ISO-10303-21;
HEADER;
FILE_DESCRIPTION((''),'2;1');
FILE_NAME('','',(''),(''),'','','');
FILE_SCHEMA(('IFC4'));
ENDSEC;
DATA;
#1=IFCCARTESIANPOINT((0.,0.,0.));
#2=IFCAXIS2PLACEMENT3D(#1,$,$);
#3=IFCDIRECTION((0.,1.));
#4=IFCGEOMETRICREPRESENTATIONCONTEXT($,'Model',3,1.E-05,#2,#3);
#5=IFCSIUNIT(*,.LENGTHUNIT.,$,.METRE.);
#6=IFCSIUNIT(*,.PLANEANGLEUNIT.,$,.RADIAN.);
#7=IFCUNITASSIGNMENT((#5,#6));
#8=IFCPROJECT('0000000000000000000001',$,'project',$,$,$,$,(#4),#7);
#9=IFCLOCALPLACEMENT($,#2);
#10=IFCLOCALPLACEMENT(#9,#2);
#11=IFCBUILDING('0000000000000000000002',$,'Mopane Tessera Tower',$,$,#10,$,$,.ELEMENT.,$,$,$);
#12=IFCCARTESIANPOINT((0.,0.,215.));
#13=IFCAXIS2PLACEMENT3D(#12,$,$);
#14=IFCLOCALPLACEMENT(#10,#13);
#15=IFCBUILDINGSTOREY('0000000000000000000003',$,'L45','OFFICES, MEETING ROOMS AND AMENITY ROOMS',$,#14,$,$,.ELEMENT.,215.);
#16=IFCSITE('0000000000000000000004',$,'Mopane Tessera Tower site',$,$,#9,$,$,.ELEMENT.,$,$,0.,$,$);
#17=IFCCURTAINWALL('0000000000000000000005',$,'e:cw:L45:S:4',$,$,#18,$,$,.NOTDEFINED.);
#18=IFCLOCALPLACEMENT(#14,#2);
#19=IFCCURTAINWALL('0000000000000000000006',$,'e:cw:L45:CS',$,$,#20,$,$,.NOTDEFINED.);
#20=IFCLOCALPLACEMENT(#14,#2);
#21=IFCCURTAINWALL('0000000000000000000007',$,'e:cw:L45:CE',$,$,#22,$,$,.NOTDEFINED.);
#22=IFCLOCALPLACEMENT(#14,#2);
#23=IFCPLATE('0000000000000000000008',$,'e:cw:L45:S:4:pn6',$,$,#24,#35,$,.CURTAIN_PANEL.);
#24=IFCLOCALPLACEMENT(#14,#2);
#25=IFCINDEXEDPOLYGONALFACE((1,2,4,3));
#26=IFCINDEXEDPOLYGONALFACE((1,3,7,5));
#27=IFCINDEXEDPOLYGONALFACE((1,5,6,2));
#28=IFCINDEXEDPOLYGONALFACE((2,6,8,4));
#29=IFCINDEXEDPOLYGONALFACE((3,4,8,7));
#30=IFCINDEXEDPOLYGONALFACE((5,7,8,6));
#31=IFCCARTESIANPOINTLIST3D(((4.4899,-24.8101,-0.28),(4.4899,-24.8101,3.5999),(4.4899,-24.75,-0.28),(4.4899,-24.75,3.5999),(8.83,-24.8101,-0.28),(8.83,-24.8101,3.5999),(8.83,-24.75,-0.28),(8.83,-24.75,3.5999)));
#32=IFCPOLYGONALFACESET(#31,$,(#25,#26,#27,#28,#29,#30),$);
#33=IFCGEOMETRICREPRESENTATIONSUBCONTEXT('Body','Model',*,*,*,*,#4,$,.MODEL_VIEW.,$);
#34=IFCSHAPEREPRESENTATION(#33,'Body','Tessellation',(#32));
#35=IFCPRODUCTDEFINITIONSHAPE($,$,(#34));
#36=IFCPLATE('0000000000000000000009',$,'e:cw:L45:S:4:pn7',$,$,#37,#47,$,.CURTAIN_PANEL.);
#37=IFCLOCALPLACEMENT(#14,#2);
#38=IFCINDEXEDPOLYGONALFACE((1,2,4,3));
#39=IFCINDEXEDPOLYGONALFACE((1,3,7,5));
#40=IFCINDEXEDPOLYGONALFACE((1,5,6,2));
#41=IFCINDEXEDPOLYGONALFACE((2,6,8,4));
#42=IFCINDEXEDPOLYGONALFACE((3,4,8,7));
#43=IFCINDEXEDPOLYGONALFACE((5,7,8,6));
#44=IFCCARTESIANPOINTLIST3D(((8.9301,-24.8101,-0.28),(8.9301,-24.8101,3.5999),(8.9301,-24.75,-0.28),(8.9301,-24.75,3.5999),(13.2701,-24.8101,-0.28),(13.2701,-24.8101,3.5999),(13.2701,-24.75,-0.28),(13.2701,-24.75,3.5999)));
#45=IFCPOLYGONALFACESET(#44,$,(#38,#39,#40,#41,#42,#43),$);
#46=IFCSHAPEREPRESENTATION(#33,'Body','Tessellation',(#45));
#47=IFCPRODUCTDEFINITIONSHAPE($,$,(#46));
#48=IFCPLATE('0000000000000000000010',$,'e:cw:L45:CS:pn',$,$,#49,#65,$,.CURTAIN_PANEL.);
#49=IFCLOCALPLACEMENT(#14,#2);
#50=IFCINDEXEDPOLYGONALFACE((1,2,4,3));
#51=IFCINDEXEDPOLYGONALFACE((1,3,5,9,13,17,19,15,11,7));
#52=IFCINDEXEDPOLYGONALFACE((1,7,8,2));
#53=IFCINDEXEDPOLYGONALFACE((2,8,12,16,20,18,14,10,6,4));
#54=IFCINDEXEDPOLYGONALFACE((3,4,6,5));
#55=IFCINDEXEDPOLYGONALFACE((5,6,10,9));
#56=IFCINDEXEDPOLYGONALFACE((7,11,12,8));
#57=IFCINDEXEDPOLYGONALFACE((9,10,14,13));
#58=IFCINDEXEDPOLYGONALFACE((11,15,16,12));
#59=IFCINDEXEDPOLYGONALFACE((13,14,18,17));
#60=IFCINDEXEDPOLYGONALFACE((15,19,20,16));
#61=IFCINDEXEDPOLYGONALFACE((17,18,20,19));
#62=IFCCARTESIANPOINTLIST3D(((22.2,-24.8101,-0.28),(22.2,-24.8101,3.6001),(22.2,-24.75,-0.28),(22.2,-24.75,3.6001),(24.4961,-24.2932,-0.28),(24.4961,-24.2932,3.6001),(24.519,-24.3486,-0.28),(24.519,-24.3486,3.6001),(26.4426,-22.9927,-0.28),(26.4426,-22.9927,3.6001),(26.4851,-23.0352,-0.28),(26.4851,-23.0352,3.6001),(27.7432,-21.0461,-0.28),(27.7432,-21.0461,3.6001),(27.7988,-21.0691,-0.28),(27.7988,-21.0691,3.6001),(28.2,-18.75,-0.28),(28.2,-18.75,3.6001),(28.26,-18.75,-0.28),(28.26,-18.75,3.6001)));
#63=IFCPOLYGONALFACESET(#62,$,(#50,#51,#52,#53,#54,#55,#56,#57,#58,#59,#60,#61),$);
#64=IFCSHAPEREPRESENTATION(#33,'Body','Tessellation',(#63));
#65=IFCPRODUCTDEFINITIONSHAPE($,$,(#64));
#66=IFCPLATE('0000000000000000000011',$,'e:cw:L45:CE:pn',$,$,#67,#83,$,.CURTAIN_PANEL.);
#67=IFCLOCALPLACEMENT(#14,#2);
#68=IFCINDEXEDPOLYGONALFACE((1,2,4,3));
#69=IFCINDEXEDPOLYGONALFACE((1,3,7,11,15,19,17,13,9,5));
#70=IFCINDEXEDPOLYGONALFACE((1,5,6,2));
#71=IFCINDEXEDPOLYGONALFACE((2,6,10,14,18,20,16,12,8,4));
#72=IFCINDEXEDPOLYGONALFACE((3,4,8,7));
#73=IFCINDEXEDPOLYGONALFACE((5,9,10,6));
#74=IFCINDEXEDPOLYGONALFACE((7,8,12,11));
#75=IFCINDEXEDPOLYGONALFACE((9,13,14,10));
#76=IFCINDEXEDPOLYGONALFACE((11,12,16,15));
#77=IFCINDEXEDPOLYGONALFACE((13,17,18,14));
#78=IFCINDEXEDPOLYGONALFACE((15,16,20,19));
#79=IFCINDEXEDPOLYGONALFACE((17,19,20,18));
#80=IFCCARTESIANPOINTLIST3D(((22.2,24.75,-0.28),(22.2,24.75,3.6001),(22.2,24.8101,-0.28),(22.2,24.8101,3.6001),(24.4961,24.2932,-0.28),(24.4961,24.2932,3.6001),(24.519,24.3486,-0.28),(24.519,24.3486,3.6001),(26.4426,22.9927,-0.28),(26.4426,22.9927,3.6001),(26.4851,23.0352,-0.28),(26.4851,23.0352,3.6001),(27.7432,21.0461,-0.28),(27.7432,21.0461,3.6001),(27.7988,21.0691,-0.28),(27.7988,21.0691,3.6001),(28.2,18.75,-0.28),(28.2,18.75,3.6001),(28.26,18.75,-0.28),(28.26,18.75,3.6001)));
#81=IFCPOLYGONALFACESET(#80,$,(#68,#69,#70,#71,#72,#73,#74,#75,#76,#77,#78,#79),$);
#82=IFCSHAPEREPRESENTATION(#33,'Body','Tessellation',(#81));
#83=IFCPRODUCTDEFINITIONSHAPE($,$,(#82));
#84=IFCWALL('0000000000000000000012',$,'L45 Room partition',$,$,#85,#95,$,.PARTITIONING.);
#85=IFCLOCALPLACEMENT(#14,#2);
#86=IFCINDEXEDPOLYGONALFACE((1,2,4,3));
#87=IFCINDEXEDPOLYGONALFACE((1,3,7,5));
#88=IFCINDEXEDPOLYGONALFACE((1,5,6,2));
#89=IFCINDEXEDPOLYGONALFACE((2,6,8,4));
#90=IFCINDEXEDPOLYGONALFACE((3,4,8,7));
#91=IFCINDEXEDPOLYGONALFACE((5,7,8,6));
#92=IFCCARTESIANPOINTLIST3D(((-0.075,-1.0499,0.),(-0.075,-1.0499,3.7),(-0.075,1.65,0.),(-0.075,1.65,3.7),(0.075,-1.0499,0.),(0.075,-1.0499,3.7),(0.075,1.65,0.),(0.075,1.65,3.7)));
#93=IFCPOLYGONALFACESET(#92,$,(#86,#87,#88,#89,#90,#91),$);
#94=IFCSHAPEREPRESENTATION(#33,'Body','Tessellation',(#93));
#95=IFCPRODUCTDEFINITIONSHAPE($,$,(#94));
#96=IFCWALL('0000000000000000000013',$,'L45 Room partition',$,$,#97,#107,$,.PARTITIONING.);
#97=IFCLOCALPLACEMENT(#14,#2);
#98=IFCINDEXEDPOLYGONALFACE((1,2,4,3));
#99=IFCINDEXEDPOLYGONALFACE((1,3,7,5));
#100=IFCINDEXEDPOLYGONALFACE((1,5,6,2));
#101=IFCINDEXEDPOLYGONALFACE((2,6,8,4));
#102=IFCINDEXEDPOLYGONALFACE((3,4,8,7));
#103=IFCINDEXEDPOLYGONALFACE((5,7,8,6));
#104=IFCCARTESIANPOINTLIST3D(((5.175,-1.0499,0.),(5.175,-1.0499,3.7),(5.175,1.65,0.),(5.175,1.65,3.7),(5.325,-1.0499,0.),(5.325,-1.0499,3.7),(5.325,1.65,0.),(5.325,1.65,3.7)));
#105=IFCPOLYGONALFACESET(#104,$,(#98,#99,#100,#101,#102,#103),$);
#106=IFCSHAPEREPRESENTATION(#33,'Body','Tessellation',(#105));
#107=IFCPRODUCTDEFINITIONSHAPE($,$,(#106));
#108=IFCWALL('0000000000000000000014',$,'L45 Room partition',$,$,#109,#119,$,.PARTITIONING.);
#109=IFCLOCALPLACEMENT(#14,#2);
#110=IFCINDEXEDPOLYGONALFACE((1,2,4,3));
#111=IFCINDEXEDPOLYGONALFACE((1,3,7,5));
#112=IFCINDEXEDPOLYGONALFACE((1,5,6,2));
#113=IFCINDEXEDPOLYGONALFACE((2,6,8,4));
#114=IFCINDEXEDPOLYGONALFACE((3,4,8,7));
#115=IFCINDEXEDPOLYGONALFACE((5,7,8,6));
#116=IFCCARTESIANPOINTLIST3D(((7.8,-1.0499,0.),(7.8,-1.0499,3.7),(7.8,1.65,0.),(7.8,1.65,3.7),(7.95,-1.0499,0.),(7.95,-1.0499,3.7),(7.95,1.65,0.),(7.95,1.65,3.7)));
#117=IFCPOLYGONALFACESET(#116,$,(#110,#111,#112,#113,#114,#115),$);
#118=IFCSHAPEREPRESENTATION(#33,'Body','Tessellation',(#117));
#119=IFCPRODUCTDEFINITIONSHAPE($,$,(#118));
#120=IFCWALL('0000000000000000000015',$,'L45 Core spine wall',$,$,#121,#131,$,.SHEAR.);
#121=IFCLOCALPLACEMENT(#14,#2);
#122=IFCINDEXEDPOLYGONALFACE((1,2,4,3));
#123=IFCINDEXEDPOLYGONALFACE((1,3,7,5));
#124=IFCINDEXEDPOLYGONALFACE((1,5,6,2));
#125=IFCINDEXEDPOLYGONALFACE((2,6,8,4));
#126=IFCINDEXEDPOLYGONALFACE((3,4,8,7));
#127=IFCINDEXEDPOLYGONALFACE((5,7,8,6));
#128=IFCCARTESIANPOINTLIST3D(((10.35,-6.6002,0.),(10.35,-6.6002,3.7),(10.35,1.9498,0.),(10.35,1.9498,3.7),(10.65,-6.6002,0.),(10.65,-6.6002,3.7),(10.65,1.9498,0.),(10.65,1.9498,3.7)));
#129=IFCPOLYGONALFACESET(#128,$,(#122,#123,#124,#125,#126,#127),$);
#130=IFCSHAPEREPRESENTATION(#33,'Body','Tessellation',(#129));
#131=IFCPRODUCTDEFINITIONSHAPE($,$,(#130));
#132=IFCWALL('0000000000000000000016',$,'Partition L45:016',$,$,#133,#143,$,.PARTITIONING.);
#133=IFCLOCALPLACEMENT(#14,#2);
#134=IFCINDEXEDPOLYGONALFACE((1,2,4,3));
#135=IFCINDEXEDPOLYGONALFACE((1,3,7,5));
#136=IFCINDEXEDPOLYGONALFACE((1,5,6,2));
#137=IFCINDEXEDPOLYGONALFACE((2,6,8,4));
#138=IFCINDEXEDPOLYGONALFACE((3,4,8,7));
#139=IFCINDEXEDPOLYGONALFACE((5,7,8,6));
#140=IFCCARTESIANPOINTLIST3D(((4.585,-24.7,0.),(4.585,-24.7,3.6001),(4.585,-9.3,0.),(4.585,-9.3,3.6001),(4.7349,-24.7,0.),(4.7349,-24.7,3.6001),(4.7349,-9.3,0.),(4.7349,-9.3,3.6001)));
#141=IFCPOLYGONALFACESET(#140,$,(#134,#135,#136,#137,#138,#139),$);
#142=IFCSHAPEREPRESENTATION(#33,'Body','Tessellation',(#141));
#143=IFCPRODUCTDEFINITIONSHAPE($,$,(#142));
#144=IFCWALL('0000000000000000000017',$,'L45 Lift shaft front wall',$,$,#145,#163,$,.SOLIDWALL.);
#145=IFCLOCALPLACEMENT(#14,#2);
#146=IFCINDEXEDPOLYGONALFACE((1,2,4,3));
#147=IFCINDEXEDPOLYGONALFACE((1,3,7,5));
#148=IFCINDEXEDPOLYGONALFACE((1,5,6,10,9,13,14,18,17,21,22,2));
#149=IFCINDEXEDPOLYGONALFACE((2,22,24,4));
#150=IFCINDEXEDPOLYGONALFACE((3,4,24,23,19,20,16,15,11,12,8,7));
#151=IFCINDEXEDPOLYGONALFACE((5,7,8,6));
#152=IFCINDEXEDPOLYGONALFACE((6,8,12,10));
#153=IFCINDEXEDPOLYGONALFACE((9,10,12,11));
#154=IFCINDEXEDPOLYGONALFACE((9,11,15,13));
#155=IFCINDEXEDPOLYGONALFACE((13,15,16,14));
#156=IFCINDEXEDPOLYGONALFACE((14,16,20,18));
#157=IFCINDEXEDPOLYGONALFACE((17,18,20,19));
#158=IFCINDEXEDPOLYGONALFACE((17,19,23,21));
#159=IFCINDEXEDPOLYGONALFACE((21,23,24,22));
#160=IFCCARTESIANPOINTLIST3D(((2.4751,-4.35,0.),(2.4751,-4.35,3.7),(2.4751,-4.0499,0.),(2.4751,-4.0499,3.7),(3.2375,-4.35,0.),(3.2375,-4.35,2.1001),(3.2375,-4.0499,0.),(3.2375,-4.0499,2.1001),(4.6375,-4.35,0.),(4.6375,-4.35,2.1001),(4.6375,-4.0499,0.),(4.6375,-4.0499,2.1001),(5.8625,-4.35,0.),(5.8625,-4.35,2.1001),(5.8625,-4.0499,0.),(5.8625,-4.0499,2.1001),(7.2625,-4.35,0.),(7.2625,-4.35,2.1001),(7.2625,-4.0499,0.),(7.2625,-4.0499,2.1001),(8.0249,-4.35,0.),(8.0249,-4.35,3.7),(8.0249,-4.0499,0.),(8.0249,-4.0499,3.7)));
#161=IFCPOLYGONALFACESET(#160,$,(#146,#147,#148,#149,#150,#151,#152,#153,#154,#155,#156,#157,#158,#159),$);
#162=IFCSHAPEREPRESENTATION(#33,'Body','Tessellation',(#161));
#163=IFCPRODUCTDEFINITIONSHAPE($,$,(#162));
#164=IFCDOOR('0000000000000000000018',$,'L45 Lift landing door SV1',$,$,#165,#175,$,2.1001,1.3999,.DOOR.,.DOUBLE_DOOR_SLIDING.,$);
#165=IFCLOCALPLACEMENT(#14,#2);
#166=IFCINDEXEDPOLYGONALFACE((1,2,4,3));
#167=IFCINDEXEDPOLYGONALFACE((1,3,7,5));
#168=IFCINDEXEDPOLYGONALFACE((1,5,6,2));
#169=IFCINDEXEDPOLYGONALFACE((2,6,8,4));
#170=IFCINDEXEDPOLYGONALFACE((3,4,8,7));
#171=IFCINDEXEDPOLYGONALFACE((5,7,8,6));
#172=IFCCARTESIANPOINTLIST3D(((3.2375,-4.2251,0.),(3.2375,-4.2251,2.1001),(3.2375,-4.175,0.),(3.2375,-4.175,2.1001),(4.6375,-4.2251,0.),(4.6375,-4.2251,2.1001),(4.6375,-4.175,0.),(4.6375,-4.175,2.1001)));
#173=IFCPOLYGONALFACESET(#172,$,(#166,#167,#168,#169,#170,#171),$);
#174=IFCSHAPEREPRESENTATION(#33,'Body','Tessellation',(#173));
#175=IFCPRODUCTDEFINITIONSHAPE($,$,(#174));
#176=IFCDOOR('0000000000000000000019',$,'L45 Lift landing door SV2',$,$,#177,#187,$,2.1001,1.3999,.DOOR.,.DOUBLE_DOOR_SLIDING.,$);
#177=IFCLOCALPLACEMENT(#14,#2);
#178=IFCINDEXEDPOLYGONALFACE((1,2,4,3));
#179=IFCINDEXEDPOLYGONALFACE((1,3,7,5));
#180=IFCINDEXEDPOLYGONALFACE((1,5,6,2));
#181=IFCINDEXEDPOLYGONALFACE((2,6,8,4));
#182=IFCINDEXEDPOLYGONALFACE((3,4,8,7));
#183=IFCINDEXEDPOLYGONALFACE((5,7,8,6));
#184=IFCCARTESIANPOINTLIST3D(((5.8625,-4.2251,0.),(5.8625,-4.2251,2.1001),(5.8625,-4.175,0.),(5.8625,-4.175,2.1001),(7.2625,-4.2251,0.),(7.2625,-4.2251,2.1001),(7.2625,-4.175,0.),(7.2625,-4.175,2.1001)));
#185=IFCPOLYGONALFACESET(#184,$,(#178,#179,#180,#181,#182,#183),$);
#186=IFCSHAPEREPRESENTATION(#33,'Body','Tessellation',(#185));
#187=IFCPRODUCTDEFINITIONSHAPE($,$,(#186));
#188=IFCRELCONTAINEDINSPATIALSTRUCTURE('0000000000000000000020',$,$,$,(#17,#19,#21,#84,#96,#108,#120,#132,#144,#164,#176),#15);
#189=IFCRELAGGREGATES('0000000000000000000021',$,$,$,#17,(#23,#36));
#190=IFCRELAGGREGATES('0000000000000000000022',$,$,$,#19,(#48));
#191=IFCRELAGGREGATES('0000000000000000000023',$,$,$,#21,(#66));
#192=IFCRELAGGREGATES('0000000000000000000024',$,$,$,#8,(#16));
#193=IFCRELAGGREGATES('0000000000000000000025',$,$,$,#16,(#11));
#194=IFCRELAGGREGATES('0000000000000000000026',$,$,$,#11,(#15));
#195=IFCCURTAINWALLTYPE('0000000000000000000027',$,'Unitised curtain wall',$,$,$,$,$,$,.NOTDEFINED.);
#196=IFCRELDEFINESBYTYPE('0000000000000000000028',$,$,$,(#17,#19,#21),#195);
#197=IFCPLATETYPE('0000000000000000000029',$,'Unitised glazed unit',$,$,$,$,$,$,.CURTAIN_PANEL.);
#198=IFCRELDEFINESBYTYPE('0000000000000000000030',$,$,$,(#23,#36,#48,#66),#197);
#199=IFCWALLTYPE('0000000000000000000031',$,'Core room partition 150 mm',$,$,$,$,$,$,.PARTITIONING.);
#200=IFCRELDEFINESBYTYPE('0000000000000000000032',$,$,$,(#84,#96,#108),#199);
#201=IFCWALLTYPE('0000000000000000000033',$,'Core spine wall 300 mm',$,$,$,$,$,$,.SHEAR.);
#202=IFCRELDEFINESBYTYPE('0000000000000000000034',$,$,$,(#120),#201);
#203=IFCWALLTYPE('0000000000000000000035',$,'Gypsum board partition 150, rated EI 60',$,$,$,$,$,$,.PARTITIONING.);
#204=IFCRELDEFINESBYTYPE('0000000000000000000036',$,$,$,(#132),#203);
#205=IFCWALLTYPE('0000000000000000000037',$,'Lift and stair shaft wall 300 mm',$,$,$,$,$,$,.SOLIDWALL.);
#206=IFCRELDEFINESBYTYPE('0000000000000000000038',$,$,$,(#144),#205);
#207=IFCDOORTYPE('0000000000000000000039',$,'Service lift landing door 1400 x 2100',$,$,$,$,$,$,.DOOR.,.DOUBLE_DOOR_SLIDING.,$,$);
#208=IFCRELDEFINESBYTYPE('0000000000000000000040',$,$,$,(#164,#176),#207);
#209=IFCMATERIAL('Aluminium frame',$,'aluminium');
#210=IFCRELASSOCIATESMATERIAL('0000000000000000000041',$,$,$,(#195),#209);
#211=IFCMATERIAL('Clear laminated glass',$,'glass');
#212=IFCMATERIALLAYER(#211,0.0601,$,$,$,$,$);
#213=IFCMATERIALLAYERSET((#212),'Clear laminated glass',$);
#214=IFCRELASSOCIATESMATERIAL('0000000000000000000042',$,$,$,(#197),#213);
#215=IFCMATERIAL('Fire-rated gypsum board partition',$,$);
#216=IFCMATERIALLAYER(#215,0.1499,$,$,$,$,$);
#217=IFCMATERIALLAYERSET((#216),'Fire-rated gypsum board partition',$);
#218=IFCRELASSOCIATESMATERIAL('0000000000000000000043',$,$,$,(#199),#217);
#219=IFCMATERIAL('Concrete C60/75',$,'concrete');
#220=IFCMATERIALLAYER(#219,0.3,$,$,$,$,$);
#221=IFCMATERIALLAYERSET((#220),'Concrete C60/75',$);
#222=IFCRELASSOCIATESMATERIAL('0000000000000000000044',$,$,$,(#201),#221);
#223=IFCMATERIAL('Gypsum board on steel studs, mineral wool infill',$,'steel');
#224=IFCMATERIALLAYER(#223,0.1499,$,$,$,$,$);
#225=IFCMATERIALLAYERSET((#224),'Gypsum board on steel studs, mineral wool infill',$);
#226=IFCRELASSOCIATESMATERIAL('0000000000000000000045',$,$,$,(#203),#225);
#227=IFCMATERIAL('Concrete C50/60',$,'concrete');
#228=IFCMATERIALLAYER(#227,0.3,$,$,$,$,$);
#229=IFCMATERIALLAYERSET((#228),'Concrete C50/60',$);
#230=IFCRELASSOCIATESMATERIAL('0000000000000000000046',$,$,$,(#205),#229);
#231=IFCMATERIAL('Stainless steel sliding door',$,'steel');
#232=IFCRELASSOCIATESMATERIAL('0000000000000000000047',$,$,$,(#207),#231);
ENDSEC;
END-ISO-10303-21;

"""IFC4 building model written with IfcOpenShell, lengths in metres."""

from ifc_helpers import new_model, si_unit, direction, frame, frame_2d, origin, origin_2d, place, context, subcontext, project, spatial, polyline, rectangle, outline, extrude, material, layer, layer_set, type_object, element, fill, aggregate, save


model = new_model("IFC4")

# Units and contexts
model_context = context("Model", 3, precision=1e-05, world=origin(), true_north=direction((0.0, 1.0)))
body_context = subcontext(model_context, "Body", "Model", "MODEL_VIEW")
ifc_project = project(units=[si_unit("LENGTHUNIT", "METRE"), si_unit("PLANEANGLEUNIT", "RADIAN")], contexts=[model_context])

# Site, building, storey
site_placement = place(None, origin())
site = spatial("IfcSite", under=ifc_project, at=site_placement, Name="Mopane Tessera Tower site", CompositionType="ELEMENT", RefElevation=0.0)
building_placement = place(site_placement, origin())
building = spatial("IfcBuilding", under=site, at=building_placement, Name="Mopane Tessera Tower", CompositionType="ELEMENT")
storey_placement = place(building_placement, frame((0.0, 0.0, 215.0)))
storey = spatial("IfcBuildingStorey", under=building, at=storey_placement, Name="L45", Description="OFFICES, MEETING ROOMS AND AMENITY ROOMS", CompositionType="ELEMENT", Elevation=215.0)

# Curtain wall
ifc_material_1 = material(Name="Aluminium frame", Category="aluminium")
curtain_wall_type = type_object("IfcCurtainWallType", Name="Unitised curtain wall", PredefinedType="NOTDEFINED", material=ifc_material_1)
curtain_wall_1_placement = place(storey_placement, origin())
curtain_wall_1 = element("IfcCurtainWall", 1, at=curtain_wall_1_placement, inside=storey, type_object=curtain_wall_type, Name="e:cw:L45:S:4", PredefinedType="NOTDEFINED")

# Curtain walls
curtain_wall_2_placement = place(storey_placement, origin())
curtain_wall_2 = element("IfcCurtainWall", 2, at=curtain_wall_2_placement, inside=storey, type_object=curtain_wall_type, Name="e:cw:L45:CS", PredefinedType="NOTDEFINED")
curtain_wall_3_placement = place(storey_placement, origin())
curtain_wall_3 = element("IfcCurtainWall", 3, at=curtain_wall_3_placement, inside=storey, type_object=curtain_wall_type, Name="e:cw:L45:CE", PredefinedType="NOTDEFINED")

# Plates
ifc_material_2 = material(Name="Clear laminated glass", Category="glass")
ifc_layer_1 = layer(ifc_material_2, 0.0601)
ifc_layer_set_1 = layer_set([ifc_layer_1], Name="Clear laminated glass")
plate_type = type_object("IfcPlateType", Name="Unitised glazed unit", PredefinedType="CURTAIN_PANEL", material=ifc_layer_set_1)
plate_1_placement = place(storey_placement, frame((6.6599, -24.78, -0.28), z_axis=(0.0, 0.0, 1.0), x_axis=(1.0, 0.0, 0.0)))
plate_1 = element("IfcPlate", 4, at=plate_1_placement, type_object=plate_type, Name="e:cw:L45:S:4:pn6", PredefinedType="CURTAIN_PANEL", context=body_context, shape_type="SweptSolid", body=[
    extrude(rectangle(XDim=4.3401, YDim=0.0601, at=origin_2d()), origin(), (0.0, 0.0, 1.0), 3.8799),
])
plate_2_placement = place(storey_placement, frame((11.1001, -24.78, -0.28), z_axis=(0.0, 0.0, 1.0), x_axis=(1.0, 0.0, 0.0)))
plate_2 = element("IfcPlate", 5, at=plate_2_placement, type_object=plate_type, Name="e:cw:L45:S:4:pn7", PredefinedType="CURTAIN_PANEL", context=body_context, shape_type="SweptSolid", body=[
    extrude(rectangle(XDim=4.3401, YDim=0.0601, at=origin_2d()), origin(), (0.0, 0.0, 1.0), 3.8799),
])
aggregate(curtain_wall_1, [plate_1, plate_2])
plate_3_placement = place(storey_placement, frame((0.0, 0.0, -0.28)))
plate_3 = element("IfcPlate", 6, at=plate_3_placement, type_object=plate_type, Name="e:cw:L45:CS:pn", PredefinedType="CURTAIN_PANEL", context=body_context, shape_type="SweptSolid", body=[
    extrude(outline(polyline([(22.2, -24.75), (24.4961, -24.2932), (26.4426, -22.9927), (27.7432, -21.0461), (28.2, -18.75), (28.26, -18.75), (27.7988, -21.0691), (26.4851, -23.0352), (24.519, -24.3486), (22.2, -24.8101), (22.2, -24.75)])), origin(), (0.0, 0.0, 1.0), 3.8801),
])
aggregate(curtain_wall_2, [plate_3])
plate_4_placement = place(storey_placement, frame((0.0, 0.0, -0.28)))
plate_4 = element("IfcPlate", 7, at=plate_4_placement, type_object=plate_type, Name="e:cw:L45:CE:pn", PredefinedType="CURTAIN_PANEL", context=body_context, shape_type="SweptSolid", body=[
    extrude(outline(polyline([(28.2, 18.75), (27.7432, 21.0461), (26.4426, 22.9927), (24.4961, 24.2932), (22.2, 24.75), (22.2, 24.8101), (24.519, 24.3486), (26.4851, 23.0352), (27.7988, 21.0691), (28.26, 18.75), (28.2, 18.75)])), origin(), (0.0, 0.0, 1.0), 3.8801),
])
aggregate(curtain_wall_3, [plate_4])

# Walls
ifc_material_3 = material(Name="Fire-rated gypsum board partition")
ifc_layer_2 = layer(ifc_material_3, 0.1499)
ifc_layer_set_2 = layer_set([ifc_layer_2], Name="Fire-rated gypsum board partition")
wall_type_1 = type_object("IfcWallType", Name="Core room partition 150 mm", PredefinedType="PARTITIONING", material=ifc_layer_set_2)
for number, where, z_axis, x_axis, name in (
    (8, (0.0, -1.05, 0.0), (0.0, 0.0, 1.0), (0.0, 1.0, 0.0), "L45 Room partition"),
    (9, (5.25, -1.05, 0.0), (0.0, 0.0, 1.0), (0.0, 1.0, 0.0), "L45 Room partition"),
    (10, (7.875, -1.05, 0.0), (0.0, 0.0, 1.0), (0.0, 1.0, 0.0), "L45 Room partition"),
):
    element("IfcWall", number, at=place(storey_placement, frame(where, z_axis=z_axis, x_axis=x_axis)), inside=storey, type_object=wall_type_1, Name=name, PredefinedType="PARTITIONING", context=body_context, shape_type="SweptSolid", body=[
        extrude(rectangle(XDim=2.7, YDim=0.1499, at=frame_2d((1.3501, 0.0))), origin(), (0.0, 0.0, 1.0), 3.7),
    ])
ifc_material_4 = material(Name="Concrete C60/75", Category="concrete")
ifc_layer_3 = layer(ifc_material_4, 0.3)
ifc_layer_set_3 = layer_set([ifc_layer_3], Name="Concrete C60/75")
wall_type_2 = type_object("IfcWallType", Name="Core spine wall 300 mm", PredefinedType="SHEAR", material=ifc_layer_set_3)
wall_1_placement = place(storey_placement, frame((10.5, -6.6001, 0.0), z_axis=(0.0, 0.0, 1.0), x_axis=(0.0, 1.0, 0.0)))
element("IfcWall", 11, at=wall_1_placement, inside=storey, type_object=wall_type_2, Name="L45 Core spine wall", PredefinedType="SHEAR", context=body_context, shape_type="SweptSolid", body=[
    extrude(rectangle(XDim=8.55, YDim=0.3, at=frame_2d((4.2749, 0.0))), origin(), (0.0, 0.0, 1.0), 3.7),
])
ifc_material_5 = material(Name="Gypsum board on steel studs, mineral wool infill", Category="steel")
ifc_layer_4 = layer(ifc_material_5, 0.1499)
ifc_layer_set_4 = layer_set([ifc_layer_4], Name="Gypsum board on steel studs, mineral wool infill")
wall_type_3 = type_object("IfcWallType", Name="Gypsum board partition 150, rated EI 60", PredefinedType="PARTITIONING", material=ifc_layer_set_4)
wall_2_placement = place(storey_placement, frame((4.6599, -24.7, 0.0), z_axis=(0.0, 0.0, 1.0), x_axis=(0.0, 1.0, 0.0)))
element("IfcWall", 12, at=wall_2_placement, inside=storey, type_object=wall_type_3, Name="Partition L45:016", PredefinedType="PARTITIONING", context=body_context, shape_type="SweptSolid", body=[
    extrude(rectangle(XDim=15.3999, YDim=0.1499, at=frame_2d((7.7, 0.0))), origin(), (0.0, 0.0, 1.0), 3.6001),
])

# Wall, openings, doors
ifc_material_6 = material(Name="Concrete C50/60", Category="concrete")
ifc_layer_5 = layer(ifc_material_6, 0.3)
ifc_layer_set_5 = layer_set([ifc_layer_5], Name="Concrete C50/60")
wall_type_4 = type_object("IfcWallType", Name="Lift and stair shaft wall 300 mm", PredefinedType="SOLIDWALL", material=ifc_layer_set_5)
wall_3_placement = place(storey_placement, frame((2.4751, -4.2, 0.0), z_axis=(0.0, 0.0, 1.0), x_axis=(1.0, 0.0, 0.0)))
wall_3 = element("IfcWall", 13, at=wall_3_placement, inside=storey, type_object=wall_type_4, Name="L45 Lift shaft front wall", PredefinedType="SOLIDWALL", context=body_context, shape_type="SweptSolid", body=[
    extrude(rectangle(XDim=5.5498, YDim=0.3, at=frame_2d((2.7749, 0.0))), origin(), (0.0, 0.0, 1.0), 3.7),
])
opening_1_placement = place(wall_3_placement, frame((0.7625, 0.0, 0.0)))
opening_1 = element("IfcOpeningElement", 14, at=opening_1_placement, cuts=wall_3, PredefinedType="OPENING", context=body_context, shape_type="SweptSolid", body=[
    extrude(rectangle(XDim=1.3999, YDim=2.1001, at=frame_2d((0.7, 1.05))), frame((0.0, 0.1621, 0.0), z_axis=(0.0, -1.0, 0.0), x_axis=(1.0, 0.0, 0.0)), (0.0, 0.0, 1.0), 0.324),
])
opening_2_placement = place(wall_3_placement, frame((3.3875, 0.0, 0.0)))
opening_2 = element("IfcOpeningElement", 15, at=opening_2_placement, cuts=wall_3, PredefinedType="OPENING", context=body_context, shape_type="SweptSolid", body=[
    extrude(rectangle(XDim=1.3999, YDim=2.1001, at=frame_2d((0.7, 1.05))), frame((0.0, 0.1621, 0.0), z_axis=(0.0, -1.0, 0.0), x_axis=(1.0, 0.0, 0.0)), (0.0, 0.0, 1.0), 0.324),
])
ifc_material_7 = material(Name="Stainless steel sliding door", Category="steel")
door_type = type_object("IfcDoorType", Name="Service lift landing door 1400 x 2100", OperationType="DOUBLE_DOOR_SLIDING", PredefinedType="DOOR", material=ifc_material_7)
door_1_placement = place(opening_1_placement, origin())
door_1 = element("IfcDoor", 16, at=door_1_placement, inside=storey, type_object=door_type, Name="L45 Lift landing door SV1", OperationType="DOUBLE_DOOR_SLIDING", OverallHeight=2.1001, OverallWidth=1.3999, PredefinedType="DOOR", context=body_context, shape_type="SweptSolid", body=[
    extrude(rectangle(XDim=1.3999, YDim=2.1001, at=frame_2d((0.7, 1.05))), frame((0.0, 0.0249, 0.0), z_axis=(0.0, -1.0, 0.0), x_axis=(1.0, 0.0, 0.0)), (0.0, 0.0, 1.0), 0.05),
])
fill(opening_1, door_1)
door_2_placement = place(opening_2_placement, origin())
door_2 = element("IfcDoor", 17, at=door_2_placement, inside=storey, type_object=door_type, Name="L45 Lift landing door SV2", OperationType="DOUBLE_DOOR_SLIDING", OverallHeight=2.1001, OverallWidth=1.3999, PredefinedType="DOOR", context=body_context, shape_type="SweptSolid", body=[
    extrude(rectangle(XDim=1.3999, YDim=2.1001, at=frame_2d((0.7, 1.05))), frame((0.0, 0.0249, 0.0), z_axis=(0.0, -1.0, 0.0), x_axis=(1.0, 0.0, 0.0)), (0.0, 0.0, 1.0), 0.05),
])
fill(opening_2, door_2)

save(model, "model.ifc")
